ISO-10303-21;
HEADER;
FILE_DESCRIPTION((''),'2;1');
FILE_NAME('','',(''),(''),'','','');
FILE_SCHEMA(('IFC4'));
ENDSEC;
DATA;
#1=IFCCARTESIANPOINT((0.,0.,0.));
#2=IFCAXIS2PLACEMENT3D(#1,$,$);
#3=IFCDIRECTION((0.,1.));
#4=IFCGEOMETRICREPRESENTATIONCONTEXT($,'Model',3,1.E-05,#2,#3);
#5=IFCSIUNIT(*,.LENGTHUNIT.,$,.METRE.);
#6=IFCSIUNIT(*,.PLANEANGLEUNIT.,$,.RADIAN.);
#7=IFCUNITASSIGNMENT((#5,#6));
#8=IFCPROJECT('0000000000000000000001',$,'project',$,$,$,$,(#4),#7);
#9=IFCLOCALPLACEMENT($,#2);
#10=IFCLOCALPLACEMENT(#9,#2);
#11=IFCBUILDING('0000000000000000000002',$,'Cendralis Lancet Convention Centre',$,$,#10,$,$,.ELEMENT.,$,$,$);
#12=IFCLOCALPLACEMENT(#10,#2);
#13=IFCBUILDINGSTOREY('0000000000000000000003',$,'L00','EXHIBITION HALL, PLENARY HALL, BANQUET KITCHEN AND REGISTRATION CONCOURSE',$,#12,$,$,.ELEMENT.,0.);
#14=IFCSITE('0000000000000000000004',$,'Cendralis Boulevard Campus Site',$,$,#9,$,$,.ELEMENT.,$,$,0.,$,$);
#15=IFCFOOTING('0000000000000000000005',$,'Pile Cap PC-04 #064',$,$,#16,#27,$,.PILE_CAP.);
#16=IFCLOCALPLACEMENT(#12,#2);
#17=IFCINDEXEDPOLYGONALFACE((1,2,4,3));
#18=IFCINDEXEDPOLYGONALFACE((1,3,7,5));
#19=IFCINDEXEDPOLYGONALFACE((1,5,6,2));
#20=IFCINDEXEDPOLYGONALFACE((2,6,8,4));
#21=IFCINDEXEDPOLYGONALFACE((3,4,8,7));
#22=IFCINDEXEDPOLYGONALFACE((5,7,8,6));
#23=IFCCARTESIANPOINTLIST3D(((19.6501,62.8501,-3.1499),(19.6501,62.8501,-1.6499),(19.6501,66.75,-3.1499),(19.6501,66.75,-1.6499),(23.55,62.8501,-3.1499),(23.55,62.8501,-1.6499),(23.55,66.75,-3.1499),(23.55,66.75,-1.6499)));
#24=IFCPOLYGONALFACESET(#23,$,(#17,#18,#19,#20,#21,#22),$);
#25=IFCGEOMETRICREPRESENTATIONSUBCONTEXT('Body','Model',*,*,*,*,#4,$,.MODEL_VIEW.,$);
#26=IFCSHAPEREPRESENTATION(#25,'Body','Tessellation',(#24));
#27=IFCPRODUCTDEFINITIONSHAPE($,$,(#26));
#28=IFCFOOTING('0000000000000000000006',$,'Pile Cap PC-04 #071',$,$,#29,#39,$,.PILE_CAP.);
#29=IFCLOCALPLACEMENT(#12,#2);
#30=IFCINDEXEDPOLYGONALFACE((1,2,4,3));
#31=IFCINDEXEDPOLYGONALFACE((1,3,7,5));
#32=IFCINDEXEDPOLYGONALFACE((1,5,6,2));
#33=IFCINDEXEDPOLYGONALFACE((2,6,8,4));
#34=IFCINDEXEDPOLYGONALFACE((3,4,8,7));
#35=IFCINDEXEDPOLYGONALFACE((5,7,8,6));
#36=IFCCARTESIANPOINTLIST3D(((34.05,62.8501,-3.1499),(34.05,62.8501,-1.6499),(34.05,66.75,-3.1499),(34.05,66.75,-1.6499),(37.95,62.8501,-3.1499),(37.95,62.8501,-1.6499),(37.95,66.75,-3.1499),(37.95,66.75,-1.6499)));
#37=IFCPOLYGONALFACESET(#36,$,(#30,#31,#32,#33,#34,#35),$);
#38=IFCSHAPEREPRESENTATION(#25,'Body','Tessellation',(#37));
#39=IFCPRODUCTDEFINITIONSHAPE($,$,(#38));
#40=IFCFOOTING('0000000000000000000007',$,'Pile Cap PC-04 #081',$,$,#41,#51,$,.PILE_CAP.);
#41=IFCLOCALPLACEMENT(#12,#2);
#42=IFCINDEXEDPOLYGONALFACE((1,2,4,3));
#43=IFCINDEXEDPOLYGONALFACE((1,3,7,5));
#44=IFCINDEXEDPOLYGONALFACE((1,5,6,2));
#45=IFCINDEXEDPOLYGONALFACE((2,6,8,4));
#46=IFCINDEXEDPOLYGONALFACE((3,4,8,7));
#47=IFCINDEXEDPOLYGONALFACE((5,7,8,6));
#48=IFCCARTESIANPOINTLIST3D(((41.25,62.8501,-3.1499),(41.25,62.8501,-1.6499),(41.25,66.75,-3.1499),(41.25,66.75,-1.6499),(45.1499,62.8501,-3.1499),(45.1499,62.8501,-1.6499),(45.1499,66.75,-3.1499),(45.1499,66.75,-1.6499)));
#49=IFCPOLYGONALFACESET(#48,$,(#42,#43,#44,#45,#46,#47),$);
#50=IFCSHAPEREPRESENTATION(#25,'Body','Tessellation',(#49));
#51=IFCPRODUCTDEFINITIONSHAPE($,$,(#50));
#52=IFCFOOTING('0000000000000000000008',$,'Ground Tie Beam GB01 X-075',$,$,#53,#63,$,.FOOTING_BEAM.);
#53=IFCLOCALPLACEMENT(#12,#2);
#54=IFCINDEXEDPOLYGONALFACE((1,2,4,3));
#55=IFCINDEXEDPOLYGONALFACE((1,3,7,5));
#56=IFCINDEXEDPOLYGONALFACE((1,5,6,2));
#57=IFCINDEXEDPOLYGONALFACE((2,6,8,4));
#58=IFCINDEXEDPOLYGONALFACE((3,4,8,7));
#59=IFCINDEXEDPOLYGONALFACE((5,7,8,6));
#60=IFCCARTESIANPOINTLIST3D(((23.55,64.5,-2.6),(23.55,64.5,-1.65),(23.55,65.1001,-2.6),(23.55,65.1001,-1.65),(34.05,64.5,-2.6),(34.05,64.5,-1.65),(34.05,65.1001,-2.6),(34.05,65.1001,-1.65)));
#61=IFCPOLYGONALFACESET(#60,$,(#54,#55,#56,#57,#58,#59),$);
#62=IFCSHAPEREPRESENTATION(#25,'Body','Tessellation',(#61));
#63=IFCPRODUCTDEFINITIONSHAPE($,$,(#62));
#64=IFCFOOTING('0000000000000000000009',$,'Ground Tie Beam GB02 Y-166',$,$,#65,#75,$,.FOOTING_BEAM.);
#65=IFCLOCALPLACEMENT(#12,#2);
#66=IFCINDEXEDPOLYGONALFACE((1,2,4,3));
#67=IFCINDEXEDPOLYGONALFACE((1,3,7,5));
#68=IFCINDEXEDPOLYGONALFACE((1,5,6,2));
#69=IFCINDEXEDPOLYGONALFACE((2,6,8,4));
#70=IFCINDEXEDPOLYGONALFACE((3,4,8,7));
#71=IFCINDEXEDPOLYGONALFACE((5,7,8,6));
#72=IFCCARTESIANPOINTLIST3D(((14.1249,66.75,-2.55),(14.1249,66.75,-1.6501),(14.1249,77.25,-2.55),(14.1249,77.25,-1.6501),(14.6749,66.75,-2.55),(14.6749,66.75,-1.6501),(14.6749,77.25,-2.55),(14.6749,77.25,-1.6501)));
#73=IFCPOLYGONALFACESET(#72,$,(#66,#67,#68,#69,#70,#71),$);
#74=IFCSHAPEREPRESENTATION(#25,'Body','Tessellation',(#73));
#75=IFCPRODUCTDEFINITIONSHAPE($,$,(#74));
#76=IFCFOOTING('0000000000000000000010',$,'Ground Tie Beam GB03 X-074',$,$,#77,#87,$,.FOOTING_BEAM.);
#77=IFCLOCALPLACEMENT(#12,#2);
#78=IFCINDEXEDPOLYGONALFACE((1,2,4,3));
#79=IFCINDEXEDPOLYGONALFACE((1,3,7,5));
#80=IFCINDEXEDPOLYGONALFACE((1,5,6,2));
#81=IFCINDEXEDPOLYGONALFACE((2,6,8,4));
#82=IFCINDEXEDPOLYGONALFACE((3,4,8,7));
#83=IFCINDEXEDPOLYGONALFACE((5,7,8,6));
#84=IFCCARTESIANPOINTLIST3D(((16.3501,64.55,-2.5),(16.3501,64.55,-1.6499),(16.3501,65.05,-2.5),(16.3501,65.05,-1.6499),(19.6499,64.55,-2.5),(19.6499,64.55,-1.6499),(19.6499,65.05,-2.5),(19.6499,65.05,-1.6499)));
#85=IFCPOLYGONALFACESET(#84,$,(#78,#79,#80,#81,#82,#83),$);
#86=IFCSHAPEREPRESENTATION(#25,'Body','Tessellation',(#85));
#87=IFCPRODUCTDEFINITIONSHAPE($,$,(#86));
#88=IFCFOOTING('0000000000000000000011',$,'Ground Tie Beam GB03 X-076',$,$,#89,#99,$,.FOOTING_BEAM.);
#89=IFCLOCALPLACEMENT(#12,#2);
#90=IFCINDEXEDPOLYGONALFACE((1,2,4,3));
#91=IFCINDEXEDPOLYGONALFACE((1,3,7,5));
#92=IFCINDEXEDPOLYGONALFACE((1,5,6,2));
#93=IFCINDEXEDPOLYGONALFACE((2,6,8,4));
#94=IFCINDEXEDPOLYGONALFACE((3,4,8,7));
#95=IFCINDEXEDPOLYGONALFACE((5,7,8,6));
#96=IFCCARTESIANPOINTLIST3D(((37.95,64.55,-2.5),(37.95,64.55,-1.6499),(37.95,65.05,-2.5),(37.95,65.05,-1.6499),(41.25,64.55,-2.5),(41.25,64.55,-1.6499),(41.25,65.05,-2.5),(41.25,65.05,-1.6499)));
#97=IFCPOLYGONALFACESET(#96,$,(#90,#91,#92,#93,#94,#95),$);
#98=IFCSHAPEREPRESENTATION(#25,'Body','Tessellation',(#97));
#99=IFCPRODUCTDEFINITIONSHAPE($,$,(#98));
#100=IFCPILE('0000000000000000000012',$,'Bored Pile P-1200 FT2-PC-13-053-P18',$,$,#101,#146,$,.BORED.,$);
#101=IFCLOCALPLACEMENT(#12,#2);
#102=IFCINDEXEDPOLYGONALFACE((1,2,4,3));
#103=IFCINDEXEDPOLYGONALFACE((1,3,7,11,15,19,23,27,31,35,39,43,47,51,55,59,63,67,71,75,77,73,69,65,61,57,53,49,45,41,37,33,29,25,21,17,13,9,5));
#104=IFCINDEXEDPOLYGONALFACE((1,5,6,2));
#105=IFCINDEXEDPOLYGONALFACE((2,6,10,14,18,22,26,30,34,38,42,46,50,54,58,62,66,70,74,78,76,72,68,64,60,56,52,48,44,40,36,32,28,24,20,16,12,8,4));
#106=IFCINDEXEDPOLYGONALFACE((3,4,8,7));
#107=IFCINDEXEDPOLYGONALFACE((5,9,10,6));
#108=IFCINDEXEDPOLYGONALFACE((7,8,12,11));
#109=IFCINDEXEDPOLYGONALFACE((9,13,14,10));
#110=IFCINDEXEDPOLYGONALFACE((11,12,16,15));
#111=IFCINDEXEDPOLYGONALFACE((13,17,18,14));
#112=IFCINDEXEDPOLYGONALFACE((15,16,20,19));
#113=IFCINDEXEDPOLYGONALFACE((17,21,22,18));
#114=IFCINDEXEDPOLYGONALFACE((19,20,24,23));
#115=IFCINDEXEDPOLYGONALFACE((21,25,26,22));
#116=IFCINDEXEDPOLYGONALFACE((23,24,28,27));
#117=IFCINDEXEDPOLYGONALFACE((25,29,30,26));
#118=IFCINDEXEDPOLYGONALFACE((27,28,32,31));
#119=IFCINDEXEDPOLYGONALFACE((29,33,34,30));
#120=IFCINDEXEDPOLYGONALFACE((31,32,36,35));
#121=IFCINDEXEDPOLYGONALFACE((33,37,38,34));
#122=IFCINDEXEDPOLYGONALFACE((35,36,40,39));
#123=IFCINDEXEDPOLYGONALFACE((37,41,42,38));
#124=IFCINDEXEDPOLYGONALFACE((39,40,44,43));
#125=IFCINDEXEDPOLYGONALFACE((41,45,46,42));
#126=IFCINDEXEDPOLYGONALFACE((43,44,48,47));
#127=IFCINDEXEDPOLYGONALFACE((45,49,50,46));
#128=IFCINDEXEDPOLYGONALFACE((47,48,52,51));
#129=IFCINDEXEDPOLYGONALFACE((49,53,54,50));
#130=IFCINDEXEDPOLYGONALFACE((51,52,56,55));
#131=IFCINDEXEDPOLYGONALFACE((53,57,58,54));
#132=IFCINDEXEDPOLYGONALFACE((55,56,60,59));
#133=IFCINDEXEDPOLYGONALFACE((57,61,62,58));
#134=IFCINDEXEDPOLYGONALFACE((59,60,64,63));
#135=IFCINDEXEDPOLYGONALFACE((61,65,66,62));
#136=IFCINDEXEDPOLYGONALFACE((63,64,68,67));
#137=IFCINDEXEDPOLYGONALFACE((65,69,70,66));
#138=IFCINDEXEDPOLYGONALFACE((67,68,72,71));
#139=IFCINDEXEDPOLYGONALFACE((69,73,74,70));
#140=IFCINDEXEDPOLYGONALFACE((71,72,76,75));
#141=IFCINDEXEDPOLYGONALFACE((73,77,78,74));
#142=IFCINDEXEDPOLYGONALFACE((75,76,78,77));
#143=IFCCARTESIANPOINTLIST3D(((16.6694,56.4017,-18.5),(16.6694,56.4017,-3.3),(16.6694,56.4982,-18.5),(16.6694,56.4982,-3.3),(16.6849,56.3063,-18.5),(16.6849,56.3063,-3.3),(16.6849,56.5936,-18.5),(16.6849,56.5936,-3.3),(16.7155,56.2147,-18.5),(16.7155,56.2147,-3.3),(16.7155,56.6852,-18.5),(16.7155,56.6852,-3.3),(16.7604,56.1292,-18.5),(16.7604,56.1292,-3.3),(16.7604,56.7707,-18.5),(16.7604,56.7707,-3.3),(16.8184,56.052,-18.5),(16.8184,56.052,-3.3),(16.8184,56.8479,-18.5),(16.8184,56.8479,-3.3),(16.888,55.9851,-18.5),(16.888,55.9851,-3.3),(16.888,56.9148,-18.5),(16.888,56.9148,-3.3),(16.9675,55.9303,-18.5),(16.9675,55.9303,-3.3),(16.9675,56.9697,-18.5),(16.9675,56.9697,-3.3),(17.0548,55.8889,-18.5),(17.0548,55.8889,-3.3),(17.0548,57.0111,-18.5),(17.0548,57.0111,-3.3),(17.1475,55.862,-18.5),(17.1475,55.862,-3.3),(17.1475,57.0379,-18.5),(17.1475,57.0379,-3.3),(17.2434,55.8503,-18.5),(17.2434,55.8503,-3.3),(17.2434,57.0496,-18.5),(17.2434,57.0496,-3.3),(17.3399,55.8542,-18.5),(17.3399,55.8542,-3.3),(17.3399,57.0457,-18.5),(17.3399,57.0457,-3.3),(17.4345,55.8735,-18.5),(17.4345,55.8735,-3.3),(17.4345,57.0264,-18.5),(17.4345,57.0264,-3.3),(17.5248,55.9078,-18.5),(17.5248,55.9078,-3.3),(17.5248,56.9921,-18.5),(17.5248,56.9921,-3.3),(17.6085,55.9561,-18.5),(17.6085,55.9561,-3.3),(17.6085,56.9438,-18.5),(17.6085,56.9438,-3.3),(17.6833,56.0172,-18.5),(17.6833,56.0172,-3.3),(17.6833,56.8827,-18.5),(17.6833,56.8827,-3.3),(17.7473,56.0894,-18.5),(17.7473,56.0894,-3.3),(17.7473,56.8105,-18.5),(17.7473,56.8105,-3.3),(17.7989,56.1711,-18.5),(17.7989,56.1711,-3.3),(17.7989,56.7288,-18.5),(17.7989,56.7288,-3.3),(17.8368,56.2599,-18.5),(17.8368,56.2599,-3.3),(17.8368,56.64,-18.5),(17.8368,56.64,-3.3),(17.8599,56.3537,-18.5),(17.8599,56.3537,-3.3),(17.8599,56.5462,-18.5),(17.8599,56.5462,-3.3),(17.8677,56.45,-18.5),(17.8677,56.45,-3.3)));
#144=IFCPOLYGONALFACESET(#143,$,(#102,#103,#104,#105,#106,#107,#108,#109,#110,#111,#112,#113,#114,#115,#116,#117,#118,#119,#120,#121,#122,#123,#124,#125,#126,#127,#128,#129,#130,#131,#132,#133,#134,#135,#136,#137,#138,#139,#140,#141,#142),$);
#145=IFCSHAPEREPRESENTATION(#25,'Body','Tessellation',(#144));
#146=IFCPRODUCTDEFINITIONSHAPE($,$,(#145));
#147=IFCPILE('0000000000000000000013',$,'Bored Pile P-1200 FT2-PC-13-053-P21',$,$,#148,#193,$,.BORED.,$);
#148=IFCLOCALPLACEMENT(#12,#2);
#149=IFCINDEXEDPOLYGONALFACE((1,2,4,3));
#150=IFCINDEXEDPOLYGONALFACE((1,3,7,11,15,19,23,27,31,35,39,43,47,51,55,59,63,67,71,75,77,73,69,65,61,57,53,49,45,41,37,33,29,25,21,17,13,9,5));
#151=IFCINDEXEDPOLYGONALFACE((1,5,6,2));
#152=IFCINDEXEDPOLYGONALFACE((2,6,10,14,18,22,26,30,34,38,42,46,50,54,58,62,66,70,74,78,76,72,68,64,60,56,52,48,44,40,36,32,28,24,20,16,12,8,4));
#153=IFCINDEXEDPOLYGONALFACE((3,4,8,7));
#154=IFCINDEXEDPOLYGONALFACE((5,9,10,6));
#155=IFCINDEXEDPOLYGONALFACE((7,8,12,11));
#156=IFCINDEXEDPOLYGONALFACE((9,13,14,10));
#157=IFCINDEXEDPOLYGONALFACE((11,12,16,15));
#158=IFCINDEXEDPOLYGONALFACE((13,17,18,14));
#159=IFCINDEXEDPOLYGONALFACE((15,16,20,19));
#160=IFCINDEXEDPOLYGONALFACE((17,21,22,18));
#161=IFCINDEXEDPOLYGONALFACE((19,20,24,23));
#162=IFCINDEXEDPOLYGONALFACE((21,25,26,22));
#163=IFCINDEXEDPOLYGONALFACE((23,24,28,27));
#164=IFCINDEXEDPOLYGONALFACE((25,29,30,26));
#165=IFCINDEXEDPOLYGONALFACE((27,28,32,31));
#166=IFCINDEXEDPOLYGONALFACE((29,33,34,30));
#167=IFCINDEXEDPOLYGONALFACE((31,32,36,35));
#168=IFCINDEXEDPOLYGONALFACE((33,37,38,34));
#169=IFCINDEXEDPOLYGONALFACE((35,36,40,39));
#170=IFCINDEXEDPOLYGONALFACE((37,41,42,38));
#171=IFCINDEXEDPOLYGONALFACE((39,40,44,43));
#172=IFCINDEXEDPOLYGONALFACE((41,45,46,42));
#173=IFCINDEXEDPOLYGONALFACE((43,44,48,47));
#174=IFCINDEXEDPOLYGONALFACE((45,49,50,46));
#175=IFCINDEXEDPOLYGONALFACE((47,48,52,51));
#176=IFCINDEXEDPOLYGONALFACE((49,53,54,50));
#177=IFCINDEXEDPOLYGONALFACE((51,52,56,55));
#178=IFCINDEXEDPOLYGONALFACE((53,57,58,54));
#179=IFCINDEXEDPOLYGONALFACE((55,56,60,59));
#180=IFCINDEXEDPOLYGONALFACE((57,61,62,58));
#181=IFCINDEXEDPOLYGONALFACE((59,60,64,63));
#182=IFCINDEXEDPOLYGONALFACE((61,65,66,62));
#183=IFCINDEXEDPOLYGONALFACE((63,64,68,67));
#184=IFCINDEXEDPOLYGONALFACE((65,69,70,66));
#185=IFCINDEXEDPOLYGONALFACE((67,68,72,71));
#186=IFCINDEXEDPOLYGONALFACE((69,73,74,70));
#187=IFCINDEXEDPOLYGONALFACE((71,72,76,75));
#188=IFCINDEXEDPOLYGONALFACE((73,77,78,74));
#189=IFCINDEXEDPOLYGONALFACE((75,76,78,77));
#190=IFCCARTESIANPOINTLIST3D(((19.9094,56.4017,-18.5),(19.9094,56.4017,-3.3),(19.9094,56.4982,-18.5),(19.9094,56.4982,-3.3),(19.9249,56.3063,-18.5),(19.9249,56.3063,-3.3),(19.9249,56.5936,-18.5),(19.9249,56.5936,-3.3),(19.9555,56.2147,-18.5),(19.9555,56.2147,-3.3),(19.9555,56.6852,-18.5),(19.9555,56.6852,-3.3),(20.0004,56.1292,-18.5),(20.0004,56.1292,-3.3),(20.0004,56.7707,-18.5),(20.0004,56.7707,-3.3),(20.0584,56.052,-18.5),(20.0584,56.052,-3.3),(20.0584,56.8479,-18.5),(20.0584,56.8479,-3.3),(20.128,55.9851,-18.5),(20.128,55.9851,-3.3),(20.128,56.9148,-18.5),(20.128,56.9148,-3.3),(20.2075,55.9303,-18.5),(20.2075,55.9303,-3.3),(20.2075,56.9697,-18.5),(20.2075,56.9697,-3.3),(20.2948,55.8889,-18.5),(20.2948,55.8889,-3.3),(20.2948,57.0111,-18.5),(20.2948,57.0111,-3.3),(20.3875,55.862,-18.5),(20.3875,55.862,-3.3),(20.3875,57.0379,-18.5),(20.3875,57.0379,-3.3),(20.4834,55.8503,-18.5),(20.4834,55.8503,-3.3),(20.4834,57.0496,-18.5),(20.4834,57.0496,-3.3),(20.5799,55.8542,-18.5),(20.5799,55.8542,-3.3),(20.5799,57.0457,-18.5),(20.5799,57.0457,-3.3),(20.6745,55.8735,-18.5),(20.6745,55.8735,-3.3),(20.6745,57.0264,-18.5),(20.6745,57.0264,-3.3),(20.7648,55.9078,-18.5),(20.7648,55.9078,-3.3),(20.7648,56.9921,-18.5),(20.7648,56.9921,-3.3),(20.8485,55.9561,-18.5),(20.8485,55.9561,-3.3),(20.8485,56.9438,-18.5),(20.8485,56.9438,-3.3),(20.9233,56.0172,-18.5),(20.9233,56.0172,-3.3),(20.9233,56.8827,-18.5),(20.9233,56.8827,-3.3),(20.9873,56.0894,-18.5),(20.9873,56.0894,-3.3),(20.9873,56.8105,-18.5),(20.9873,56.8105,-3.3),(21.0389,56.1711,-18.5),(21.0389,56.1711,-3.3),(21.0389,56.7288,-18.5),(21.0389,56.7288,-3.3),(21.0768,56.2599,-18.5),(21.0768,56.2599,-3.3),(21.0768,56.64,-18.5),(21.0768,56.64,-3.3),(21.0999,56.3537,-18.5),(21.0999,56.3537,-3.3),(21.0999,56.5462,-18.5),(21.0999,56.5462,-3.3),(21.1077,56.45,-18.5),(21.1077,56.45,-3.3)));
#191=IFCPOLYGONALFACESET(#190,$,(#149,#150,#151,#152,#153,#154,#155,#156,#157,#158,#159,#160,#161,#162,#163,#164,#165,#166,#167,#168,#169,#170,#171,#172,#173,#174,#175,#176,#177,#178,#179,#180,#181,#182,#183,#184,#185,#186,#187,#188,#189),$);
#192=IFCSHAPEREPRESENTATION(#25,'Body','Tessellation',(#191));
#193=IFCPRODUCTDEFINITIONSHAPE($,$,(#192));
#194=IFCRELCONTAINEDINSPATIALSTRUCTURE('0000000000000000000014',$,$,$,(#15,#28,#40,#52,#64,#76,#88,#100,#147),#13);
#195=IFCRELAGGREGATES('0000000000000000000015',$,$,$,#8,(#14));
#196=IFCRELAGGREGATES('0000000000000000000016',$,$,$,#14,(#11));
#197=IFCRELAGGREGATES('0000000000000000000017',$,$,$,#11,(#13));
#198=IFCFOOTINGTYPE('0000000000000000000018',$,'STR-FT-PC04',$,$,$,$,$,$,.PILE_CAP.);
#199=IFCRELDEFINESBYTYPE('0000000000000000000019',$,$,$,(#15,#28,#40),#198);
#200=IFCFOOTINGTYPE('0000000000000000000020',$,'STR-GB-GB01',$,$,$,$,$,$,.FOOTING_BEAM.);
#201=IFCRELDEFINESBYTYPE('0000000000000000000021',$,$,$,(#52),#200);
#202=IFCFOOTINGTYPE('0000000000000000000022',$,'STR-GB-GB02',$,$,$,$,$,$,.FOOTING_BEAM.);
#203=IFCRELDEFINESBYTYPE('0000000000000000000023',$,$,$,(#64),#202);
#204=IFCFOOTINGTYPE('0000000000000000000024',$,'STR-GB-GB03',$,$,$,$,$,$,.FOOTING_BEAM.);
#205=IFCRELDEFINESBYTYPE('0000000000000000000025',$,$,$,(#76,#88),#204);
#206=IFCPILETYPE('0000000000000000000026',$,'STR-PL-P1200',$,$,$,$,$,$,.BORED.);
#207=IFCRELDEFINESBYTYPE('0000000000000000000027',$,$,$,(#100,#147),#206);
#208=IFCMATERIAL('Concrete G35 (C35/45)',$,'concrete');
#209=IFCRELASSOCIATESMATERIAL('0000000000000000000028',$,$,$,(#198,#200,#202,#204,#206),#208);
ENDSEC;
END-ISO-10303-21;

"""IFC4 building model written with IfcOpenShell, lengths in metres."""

from ifc_helpers import new_model, si_unit, direction, frame, origin, origin_2d, place, context, subcontext, project, spatial, rectangle, circle, extrude, material, material_profile, profile_set, type_object, element, save


model = new_model("IFC4")

# Units and contexts
model_context = context("Model", 3, precision=1e-05, world=origin(), true_north=direction((0.0, 1.0)))
body_context = subcontext(model_context, "Body", "Model", "MODEL_VIEW")
ifc_project = project(units=[si_unit("LENGTHUNIT", "METRE"), si_unit("PLANEANGLEUNIT", "RADIAN")], contexts=[model_context])

# Site, building, storey
site_placement = place(None, origin())
site = spatial("IfcSite", under=ifc_project, at=site_placement, Name="Cendralis Boulevard Campus Site", CompositionType="ELEMENT", RefElevation=0.0)
building_placement = place(site_placement, origin())
building = spatial("IfcBuilding", under=site, at=building_placement, Name="Cendralis Lancet Convention Centre", CompositionType="ELEMENT")
storey_placement = place(building_placement, origin())
storey = spatial("IfcBuildingStorey", under=building, at=storey_placement, Name="L00", Description="EXHIBITION HALL, PLENARY HALL, BANQUET KITCHEN AND REGISTRATION CONCOURSE", CompositionType="ELEMENT", Elevation=0.0)

# Footings
ifc_material_1 = material(Name="Concrete G35 (C35/45)", Category="concrete")
footing_type_1 = type_object("IfcFootingType", Name="STR-FT-PC04", PredefinedType="PILE_CAP", material=ifc_material_1)
for number, where, z_axis, x_axis, name in (
    (1, (21.6001, 64.8, -3.1499), (0.0, 0.0, 1.0), (1.0, 0.0, 0.0), "Pile Cap PC-04 #064"),
    (2, (36.0, 64.8, -3.1499), (0.0, 0.0, 1.0), (1.0, 0.0, 0.0), "Pile Cap PC-04 #071"),
    (3, (43.2, 64.8, -3.1499), (0.0, 0.0, 1.0), (1.0, 0.0, 0.0), "Pile Cap PC-04 #081"),
):
    element("IfcFooting", number, at=place(storey_placement, frame(where, z_axis=z_axis, x_axis=x_axis)), inside=storey, type_object=footing_type_1, Name=name, PredefinedType="PILE_CAP", context=body_context, shape_type="SweptSolid", body=[
        extrude(rectangle(XDim=3.8999, YDim=3.8999, at=origin_2d()), origin(), (0.0, 0.0, 1.0), 1.5),
    ])
ifc_material_profile_1 = material_profile(ifc_material_1, rectangle(XDim=0.6001, YDim=0.95, at=origin_2d()), Name="RCB 600x950")
ifc_profile_set_1 = profile_set([ifc_material_profile_1], Name="Concrete G35 (C35/45)")
footing_type_2 = type_object("IfcFootingType", Name="STR-GB-GB01", PredefinedType="FOOTING_BEAM", material=ifc_profile_set_1)
footing_1_placement = place(storey_placement, frame((23.55, 64.8, -2.125), z_axis=(1.0, 0.0, 0.0), x_axis=(0.0, 1.0, 0.0)))
element("IfcFooting", 4, at=footing_1_placement, inside=storey, type_object=footing_type_2, Name="Ground Tie Beam GB01 X-075", PredefinedType="FOOTING_BEAM", context=body_context, shape_type="SweptSolid", body=[
    extrude(rectangle(XDim=0.6001, YDim=0.95, at=origin_2d()), origin(), (0.0, 0.0, 1.0), 10.5),
])
ifc_material_profile_2 = material_profile(ifc_material_1, rectangle(XDim=0.55, YDim=0.8999, at=origin_2d()), Name="RCB 550x900")
ifc_profile_set_2 = profile_set([ifc_material_profile_2], Name="Concrete G35 (C35/45)")
footing_type_3 = type_object("IfcFootingType", Name="STR-GB-GB02", PredefinedType="FOOTING_BEAM", material=ifc_profile_set_2)
footing_2_placement = place(storey_placement, frame((14.3999, 66.75, -2.1001), z_axis=(0.0, 1.0, 0.0), x_axis=(-1.0, 0.0, 0.0)))
element("IfcFooting", 5, at=footing_2_placement, inside=storey, type_object=footing_type_3, Name="Ground Tie Beam GB02 Y-166", PredefinedType="FOOTING_BEAM", context=body_context, shape_type="SweptSolid", body=[
    extrude(rectangle(XDim=0.55, YDim=0.8999, at=origin_2d()), origin(), (0.0, 0.0, 1.0), 10.5),
])
ifc_material_profile_3 = material_profile(ifc_material_1, rectangle(XDim=0.5, YDim=0.8501, at=origin_2d()), Name="RCB 500x850")
ifc_profile_set_3 = profile_set([ifc_material_profile_3], Name="Concrete G35 (C35/45)")
footing_type_4 = type_object("IfcFootingType", Name="STR-GB-GB03", PredefinedType="FOOTING_BEAM", material=ifc_profile_set_3)
footing_3_placement = place(storey_placement, frame((16.3501, 64.8, -2.075), z_axis=(1.0, 0.0, 0.0), x_axis=(0.0, 1.0, 0.0)))
element("IfcFooting", 6, at=footing_3_placement, inside=storey, type_object=footing_type_4, Name="Ground Tie Beam GB03 X-074", PredefinedType="FOOTING_BEAM", context=body_context, shape_type="SweptSolid", body=[
    extrude(rectangle(XDim=0.5, YDim=0.8501, at=origin_2d()), origin(), (0.0, 0.0, 1.0), 3.2998),
])
footing_4_placement = place(storey_placement, frame((37.95, 64.8, -2.075), z_axis=(1.0, 0.0, 0.0), x_axis=(0.0, 1.0, 0.0)))
element("IfcFooting", 7, at=footing_4_placement, inside=storey, type_object=footing_type_4, Name="Ground Tie Beam GB03 X-076", PredefinedType="FOOTING_BEAM", context=body_context, shape_type="SweptSolid", body=[
    extrude(rectangle(XDim=0.5, YDim=0.8501, at=origin_2d()), origin(), (0.0, 0.0, 1.0), 3.3),
])

# Piles
ifc_material_profile_4 = material_profile(ifc_material_1, circle(Radius=0.6001, at=origin_2d()), Name="BORED PILE D1200")
ifc_profile_set_4 = profile_set([ifc_material_profile_4], Name="Concrete G35 (C35/45)")
pile_type_1 = type_object("IfcPileType", Name="STR-PL-P1200", PredefinedType="BORED", material=ifc_profile_set_4)
for number, where, z_axis, x_axis, name in (
    (8, (17.2676, 56.45, -3.3), (0.0, 0.0, -1.0), (1.0, 0.0, 0.0), "Bored Pile P-1200 FT2-PC-13-053-P18"),
    (9, (20.5076, 56.45, -3.3), (0.0, 0.0, -1.0), (1.0, 0.0, 0.0), "Bored Pile P-1200 FT2-PC-13-053-P21"),
):
    element("IfcPile", number, at=place(storey_placement, frame(where, z_axis=z_axis, x_axis=x_axis)), inside=storey, type_object=pile_type_1, Name=name, PredefinedType="BORED", context=body_context, shape_type="SweptSolid", body=[
        extrude(circle(Radius=0.6001, at=origin_2d()), origin(), (0.0, 0.0, 1.0), 15.2),
    ])

save(model, "model.ifc")
